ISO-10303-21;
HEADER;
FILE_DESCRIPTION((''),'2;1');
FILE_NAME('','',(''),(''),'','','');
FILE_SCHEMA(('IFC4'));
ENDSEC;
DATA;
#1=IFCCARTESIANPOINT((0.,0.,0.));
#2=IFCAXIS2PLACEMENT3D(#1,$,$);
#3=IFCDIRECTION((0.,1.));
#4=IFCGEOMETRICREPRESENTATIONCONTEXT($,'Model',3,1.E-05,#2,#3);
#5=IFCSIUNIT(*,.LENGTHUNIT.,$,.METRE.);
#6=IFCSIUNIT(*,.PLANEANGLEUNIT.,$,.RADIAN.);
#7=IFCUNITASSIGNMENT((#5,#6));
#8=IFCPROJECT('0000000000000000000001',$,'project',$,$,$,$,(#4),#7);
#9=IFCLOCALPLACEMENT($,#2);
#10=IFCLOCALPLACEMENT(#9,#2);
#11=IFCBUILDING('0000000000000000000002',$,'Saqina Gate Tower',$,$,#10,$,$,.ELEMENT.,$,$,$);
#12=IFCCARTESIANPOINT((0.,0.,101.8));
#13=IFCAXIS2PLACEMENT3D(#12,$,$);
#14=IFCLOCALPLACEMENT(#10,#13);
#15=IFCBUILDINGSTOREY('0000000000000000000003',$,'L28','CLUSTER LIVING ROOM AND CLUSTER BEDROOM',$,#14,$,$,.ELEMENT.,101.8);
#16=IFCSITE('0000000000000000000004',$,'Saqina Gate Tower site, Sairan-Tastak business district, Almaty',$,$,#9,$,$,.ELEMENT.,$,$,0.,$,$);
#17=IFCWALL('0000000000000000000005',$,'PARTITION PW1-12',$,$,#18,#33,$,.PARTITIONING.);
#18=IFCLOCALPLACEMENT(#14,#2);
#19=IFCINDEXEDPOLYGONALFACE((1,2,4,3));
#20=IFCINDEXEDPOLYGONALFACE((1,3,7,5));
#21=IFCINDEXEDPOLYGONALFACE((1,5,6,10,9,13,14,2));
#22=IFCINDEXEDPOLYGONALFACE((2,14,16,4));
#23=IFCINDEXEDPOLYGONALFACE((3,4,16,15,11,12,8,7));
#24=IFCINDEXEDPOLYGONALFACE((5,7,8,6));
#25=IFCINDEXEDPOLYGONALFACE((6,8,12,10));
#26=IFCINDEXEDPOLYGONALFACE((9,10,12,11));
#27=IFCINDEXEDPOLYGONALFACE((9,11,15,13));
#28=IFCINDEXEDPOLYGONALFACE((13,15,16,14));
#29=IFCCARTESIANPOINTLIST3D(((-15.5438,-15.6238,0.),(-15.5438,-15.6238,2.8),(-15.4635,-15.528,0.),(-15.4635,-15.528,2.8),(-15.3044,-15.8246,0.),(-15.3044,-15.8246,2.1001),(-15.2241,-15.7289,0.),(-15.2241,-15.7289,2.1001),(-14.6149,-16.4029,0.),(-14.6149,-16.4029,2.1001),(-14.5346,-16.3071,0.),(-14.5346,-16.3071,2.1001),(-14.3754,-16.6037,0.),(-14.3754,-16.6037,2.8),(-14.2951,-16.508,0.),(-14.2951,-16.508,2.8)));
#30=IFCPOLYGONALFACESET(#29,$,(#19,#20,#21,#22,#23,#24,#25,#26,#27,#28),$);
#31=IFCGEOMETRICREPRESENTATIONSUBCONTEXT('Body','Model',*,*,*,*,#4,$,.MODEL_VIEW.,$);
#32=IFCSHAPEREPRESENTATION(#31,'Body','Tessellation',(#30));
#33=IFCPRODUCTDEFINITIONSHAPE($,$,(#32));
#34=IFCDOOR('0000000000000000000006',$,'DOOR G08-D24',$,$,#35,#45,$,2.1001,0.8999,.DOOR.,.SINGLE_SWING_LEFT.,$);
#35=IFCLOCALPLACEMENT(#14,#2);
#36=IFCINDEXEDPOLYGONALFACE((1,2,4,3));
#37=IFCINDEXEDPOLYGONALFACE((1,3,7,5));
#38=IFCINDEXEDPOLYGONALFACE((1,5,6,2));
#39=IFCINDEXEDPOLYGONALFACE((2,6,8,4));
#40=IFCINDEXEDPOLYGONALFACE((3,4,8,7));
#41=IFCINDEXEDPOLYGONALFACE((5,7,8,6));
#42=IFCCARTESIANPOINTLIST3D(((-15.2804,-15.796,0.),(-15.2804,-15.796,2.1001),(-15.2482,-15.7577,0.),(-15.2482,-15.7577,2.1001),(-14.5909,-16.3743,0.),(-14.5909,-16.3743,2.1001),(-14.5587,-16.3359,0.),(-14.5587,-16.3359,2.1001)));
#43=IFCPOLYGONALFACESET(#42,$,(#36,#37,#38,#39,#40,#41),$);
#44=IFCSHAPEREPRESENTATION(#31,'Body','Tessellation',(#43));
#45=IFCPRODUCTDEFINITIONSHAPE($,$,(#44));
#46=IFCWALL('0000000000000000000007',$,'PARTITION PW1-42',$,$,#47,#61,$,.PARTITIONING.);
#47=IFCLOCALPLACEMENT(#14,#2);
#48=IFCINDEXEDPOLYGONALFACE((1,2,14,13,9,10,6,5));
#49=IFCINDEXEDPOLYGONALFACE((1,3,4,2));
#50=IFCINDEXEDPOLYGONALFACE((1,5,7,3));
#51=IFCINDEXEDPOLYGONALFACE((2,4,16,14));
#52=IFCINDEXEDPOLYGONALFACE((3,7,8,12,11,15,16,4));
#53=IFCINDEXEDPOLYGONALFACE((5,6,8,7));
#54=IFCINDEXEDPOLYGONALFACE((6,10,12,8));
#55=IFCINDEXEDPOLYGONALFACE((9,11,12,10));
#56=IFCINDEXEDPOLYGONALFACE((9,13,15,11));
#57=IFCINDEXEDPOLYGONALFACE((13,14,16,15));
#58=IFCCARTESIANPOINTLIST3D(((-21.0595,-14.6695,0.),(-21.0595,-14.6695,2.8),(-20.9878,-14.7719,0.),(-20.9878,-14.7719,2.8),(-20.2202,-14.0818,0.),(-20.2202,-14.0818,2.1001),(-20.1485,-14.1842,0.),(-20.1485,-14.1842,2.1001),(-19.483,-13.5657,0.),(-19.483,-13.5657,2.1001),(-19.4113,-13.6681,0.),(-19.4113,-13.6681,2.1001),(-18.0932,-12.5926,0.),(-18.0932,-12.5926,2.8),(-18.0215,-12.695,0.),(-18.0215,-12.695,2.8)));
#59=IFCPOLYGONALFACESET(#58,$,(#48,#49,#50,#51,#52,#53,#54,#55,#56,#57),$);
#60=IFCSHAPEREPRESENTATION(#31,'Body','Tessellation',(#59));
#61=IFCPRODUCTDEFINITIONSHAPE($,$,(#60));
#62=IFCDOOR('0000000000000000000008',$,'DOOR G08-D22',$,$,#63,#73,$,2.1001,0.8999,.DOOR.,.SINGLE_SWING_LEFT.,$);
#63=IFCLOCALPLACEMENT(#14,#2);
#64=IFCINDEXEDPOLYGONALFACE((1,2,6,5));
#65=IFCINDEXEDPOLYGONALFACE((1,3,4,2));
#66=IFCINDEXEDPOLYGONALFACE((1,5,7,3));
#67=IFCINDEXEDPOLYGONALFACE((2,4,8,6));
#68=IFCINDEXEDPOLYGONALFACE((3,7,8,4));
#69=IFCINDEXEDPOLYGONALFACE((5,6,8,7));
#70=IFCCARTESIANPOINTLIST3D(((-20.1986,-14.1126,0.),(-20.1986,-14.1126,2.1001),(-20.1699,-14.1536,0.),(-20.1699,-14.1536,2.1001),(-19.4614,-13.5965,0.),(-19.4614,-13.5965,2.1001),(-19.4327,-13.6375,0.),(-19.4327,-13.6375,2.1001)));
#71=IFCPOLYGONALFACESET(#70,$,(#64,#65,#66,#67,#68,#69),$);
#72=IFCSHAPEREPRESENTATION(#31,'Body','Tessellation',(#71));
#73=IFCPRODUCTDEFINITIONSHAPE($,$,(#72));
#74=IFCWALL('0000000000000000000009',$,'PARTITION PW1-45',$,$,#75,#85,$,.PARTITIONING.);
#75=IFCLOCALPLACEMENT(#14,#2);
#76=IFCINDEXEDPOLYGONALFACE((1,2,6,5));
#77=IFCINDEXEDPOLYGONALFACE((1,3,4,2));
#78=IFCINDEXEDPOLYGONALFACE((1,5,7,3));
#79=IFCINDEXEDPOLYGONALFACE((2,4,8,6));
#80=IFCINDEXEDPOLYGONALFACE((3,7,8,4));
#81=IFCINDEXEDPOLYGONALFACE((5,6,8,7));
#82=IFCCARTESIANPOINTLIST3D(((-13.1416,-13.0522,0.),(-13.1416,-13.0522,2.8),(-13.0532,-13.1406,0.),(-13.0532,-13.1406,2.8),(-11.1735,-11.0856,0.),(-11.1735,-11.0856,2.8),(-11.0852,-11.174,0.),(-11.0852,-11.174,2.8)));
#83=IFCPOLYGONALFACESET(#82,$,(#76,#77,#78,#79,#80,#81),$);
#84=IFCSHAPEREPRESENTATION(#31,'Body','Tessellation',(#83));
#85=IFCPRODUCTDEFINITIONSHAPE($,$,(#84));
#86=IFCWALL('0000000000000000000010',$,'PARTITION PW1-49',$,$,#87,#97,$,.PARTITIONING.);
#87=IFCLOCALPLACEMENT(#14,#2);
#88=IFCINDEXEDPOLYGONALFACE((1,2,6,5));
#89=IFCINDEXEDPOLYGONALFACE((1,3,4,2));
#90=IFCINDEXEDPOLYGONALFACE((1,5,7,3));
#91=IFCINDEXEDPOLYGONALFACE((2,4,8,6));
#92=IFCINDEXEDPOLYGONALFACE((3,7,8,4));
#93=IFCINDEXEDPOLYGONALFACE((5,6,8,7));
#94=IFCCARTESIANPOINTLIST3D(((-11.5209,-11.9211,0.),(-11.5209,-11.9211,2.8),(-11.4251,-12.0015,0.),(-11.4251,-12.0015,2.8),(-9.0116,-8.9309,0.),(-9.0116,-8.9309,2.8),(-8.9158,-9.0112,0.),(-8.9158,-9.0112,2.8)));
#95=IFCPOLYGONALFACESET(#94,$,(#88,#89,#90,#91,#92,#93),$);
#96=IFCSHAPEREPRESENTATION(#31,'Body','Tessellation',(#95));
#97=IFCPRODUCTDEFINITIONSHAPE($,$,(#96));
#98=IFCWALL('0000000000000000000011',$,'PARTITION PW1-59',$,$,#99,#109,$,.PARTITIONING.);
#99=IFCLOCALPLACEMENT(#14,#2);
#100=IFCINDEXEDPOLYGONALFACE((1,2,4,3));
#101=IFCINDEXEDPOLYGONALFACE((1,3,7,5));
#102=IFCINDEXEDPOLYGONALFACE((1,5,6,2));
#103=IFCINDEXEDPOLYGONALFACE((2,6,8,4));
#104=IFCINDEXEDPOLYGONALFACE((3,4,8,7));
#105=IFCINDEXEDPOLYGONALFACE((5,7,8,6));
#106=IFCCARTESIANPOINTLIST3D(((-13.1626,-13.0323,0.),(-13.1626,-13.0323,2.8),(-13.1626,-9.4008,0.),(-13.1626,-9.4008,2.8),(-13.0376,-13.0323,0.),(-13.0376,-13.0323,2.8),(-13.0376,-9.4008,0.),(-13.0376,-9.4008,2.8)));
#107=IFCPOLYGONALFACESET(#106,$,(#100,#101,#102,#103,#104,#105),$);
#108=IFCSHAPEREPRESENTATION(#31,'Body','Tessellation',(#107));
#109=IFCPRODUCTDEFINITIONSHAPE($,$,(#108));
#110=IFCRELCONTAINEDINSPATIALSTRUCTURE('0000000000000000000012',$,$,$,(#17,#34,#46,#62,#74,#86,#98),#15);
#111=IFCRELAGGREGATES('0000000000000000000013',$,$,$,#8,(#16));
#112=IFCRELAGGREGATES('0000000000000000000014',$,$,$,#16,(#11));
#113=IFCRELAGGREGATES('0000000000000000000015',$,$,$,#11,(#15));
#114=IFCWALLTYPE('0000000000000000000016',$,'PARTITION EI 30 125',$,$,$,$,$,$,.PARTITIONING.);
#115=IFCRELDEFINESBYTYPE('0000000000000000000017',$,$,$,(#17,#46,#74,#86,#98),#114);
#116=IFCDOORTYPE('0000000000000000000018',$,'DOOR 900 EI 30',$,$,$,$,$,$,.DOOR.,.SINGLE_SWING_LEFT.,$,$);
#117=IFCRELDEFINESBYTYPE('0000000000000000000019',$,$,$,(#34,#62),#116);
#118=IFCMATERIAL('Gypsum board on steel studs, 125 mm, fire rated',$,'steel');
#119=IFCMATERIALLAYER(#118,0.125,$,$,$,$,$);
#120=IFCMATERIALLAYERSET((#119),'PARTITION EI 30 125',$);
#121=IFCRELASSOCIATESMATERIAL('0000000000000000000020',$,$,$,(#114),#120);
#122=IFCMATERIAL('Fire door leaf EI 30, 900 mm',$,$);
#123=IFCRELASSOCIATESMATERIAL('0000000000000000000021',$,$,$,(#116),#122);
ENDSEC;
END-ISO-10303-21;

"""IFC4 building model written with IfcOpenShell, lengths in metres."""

from ifc_helpers import new_model, si_unit, direction, frame, frame_2d, origin, place, context, subcontext, project, spatial, rectangle, extrude, material, layer, layer_set, type_object, element, fill, save


model = new_model("IFC4")

# Units and contexts
model_context = context("Model", 3, precision=1e-05, world=origin(), true_north=direction((0.0, 1.0)))
body_context = subcontext(model_context, "Body", "Model", "MODEL_VIEW")
ifc_project = project(units=[si_unit("LENGTHUNIT", "METRE"), si_unit("PLANEANGLEUNIT", "RADIAN")], contexts=[model_context])

# Site, building, storey
site_placement = place(None, origin())
site = spatial("IfcSite", under=ifc_project, at=site_placement, Name="Saqina Gate Tower site, Sairan-Tastak business district, Almaty", CompositionType="ELEMENT", RefElevation=0.0)
building_placement = place(site_placement, origin())
building = spatial("IfcBuilding", under=site, at=building_placement, Name="Saqina Gate Tower", CompositionType="ELEMENT")
storey_placement = place(building_placement, frame((0.0, 0.0, 101.8)))
storey = spatial("IfcBuildingStorey", under=building, at=storey_placement, Name="L28", Description="CLUSTER LIVING ROOM AND CLUSTER BEDROOM", CompositionType="ELEMENT", Elevation=101.8)

# Shared definitions
ifc_material_1 = material(Name="Gypsum board on steel studs, 125 mm, fire rated", Category="steel")
ifc_layer_1 = layer(ifc_material_1, 0.125)
ifc_layer_set_1 = layer_set([ifc_layer_1], Name="PARTITION EI 30 125")
wall_type_1 = type_object("IfcWallType", Name="PARTITION EI 30 125", PredefinedType="PARTITIONING", material=ifc_layer_set_1)

# Walls, openings, doors
wall_1_placement = place(storey_placement, frame((-15.5037, -15.5759, 0.0), z_axis=(0.0, 0.0, 1.0), x_axis=(0.766197, -0.642606, 0.0)))
wall_1 = element("IfcWall", 1, at=wall_1_placement, inside=storey, type_object=wall_type_1, Name="PARTITION PW1-12", PredefinedType="PARTITIONING", context=body_context, shape_type="SweptSolid", body=[
    extrude(rectangle(XDim=1.5249, YDim=0.125, at=frame_2d((0.7625, 0.0))), origin(), (0.0, 0.0, 1.0), 2.8),
])
opening_1_placement = place(wall_1_placement, frame((0.3125, 0.0, 0.0)))
opening_1 = element("IfcOpeningElement", 2, at=opening_1_placement, cuts=wall_1, PredefinedType="OPENING", context=body_context, shape_type="SweptSolid", body=[
    extrude(rectangle(XDim=0.8999, YDim=2.1001, at=frame_2d((0.45, 1.05))), frame((0.0, 0.0745, 0.0), z_axis=(0.0, -1.0, 0.0), x_axis=(1.0, 0.0, 0.0)), (0.0, 0.0, 1.0), 0.1489),
])
ifc_material_2 = material(Name="Fire door leaf EI 30, 900 mm")
door_type_1 = type_object("IfcDoorType", Name="DOOR 900 EI 30", OperationType="SINGLE_SWING_LEFT", PredefinedType="DOOR", material=ifc_material_2)
door_1_placement = place(opening_1_placement, origin())
door_1 = element("IfcDoor", 3, at=door_1_placement, inside=storey, type_object=door_type_1, Name="DOOR G08-D24", OperationType="SINGLE_SWING_LEFT", OverallHeight=2.1001, OverallWidth=0.8999, PredefinedType="DOOR", context=body_context, shape_type="SweptSolid", body=[
    extrude(rectangle(XDim=0.8999, YDim=2.1001, at=frame_2d((0.45, 1.05))), frame((0.0, 0.0249, 0.0), z_axis=(0.0, -1.0, 0.0), x_axis=(1.0, 0.0, 0.0)), (0.0, 0.0, 1.0), 0.05),
])
fill(opening_1, door_1)
wall_2_placement = place(storey_placement, frame((-21.0237, -14.7207, 0.0), z_axis=(0.0, 0.0, 1.0), x_axis=(0.819169, 0.573553, 0.0)))
wall_2 = element("IfcWall", 4, at=wall_2_placement, inside=storey, type_object=wall_type_1, Name="PARTITION PW1-42", PredefinedType="PARTITIONING", context=body_context, shape_type="SweptSolid", body=[
    extrude(rectangle(XDim=3.6211, YDim=0.125, at=frame_2d((1.8105, 0.0))), origin(), (0.0, 0.0, 1.0), 2.8),
])
opening_2_placement = place(wall_2_placement, frame((1.0247, 0.0, 0.0)))
opening_2 = element("IfcOpeningElement", 5, at=opening_2_placement, cuts=wall_2, PredefinedType="OPENING", context=body_context, shape_type="SweptSolid", body=[
    extrude(rectangle(XDim=0.8999, YDim=2.1001, at=frame_2d((0.45, 1.05))), frame((0.0, 0.0745, 0.0), z_axis=(0.0, -1.0, 0.0), x_axis=(1.0, 0.0, 0.0)), (0.0, 0.0, 1.0), 0.1489),
])
door_2_placement = place(opening_2_placement, origin())
door_2 = element("IfcDoor", 6, at=door_2_placement, inside=storey, type_object=door_type_1, Name="DOOR G08-D22", OperationType="SINGLE_SWING_LEFT", OverallHeight=2.1001, OverallWidth=0.8999, PredefinedType="DOOR", context=body_context, shape_type="SweptSolid", body=[
    extrude(rectangle(XDim=0.8999, YDim=2.1001, at=frame_2d((0.45, 1.05))), frame((0.0, 0.0249, 0.0), z_axis=(0.0, -1.0, 0.0), x_axis=(1.0, 0.0, 0.0)), (0.0, 0.0, 1.0), 0.05),
])
fill(opening_2, door_2)

# Walls
wall_3_placement = place(storey_placement, frame((-13.0974, -13.0964, 0.0), z_axis=(0.0, 0.0, 1.0), x_axis=(0.70737, 0.706843, 0.0)))
element("IfcWall", 7, at=wall_3_placement, inside=storey, type_object=wall_type_1, Name="PARTITION PW1-45", PredefinedType="PARTITIONING", context=body_context, shape_type="SweptSolid", body=[
    extrude(rectangle(XDim=2.7822, YDim=0.125, at=frame_2d((1.3911, 0.0))), origin(), (0.0, 0.0, 1.0), 2.8),
])
wall_4_placement = place(storey_placement, frame((-11.4729, -11.9612, 0.0), z_axis=(0.0, 0.0, 1.0), x_axis=(0.642814, 0.766023, 0.0)))
element("IfcWall", 8, at=wall_4_placement, inside=storey, type_object=wall_type_1, Name="PARTITION PW1-49", PredefinedType="PARTITIONING", context=body_context, shape_type="SweptSolid", body=[
    extrude(rectangle(XDim=3.9036, YDim=0.125, at=frame_2d((1.9517, 0.0))), origin(), (0.0, 0.0, 1.0), 2.8),
])
wall_5_placement = place(storey_placement, frame((-13.1001, -13.0325, 0.0), z_axis=(0.0, 0.0, 1.0), x_axis=(0.0, 1.0, 0.0)))
element("IfcWall", 9, at=wall_5_placement, inside=storey, type_object=wall_type_1, Name="PARTITION PW1-59", PredefinedType="PARTITIONING", context=body_context, shape_type="SweptSolid", body=[
    extrude(rectangle(XDim=3.6316, YDim=0.125, at=frame_2d((1.8159, 0.0))), origin(), (0.0, 0.0, 1.0), 2.8),
])

save(model, "model.ifc")
